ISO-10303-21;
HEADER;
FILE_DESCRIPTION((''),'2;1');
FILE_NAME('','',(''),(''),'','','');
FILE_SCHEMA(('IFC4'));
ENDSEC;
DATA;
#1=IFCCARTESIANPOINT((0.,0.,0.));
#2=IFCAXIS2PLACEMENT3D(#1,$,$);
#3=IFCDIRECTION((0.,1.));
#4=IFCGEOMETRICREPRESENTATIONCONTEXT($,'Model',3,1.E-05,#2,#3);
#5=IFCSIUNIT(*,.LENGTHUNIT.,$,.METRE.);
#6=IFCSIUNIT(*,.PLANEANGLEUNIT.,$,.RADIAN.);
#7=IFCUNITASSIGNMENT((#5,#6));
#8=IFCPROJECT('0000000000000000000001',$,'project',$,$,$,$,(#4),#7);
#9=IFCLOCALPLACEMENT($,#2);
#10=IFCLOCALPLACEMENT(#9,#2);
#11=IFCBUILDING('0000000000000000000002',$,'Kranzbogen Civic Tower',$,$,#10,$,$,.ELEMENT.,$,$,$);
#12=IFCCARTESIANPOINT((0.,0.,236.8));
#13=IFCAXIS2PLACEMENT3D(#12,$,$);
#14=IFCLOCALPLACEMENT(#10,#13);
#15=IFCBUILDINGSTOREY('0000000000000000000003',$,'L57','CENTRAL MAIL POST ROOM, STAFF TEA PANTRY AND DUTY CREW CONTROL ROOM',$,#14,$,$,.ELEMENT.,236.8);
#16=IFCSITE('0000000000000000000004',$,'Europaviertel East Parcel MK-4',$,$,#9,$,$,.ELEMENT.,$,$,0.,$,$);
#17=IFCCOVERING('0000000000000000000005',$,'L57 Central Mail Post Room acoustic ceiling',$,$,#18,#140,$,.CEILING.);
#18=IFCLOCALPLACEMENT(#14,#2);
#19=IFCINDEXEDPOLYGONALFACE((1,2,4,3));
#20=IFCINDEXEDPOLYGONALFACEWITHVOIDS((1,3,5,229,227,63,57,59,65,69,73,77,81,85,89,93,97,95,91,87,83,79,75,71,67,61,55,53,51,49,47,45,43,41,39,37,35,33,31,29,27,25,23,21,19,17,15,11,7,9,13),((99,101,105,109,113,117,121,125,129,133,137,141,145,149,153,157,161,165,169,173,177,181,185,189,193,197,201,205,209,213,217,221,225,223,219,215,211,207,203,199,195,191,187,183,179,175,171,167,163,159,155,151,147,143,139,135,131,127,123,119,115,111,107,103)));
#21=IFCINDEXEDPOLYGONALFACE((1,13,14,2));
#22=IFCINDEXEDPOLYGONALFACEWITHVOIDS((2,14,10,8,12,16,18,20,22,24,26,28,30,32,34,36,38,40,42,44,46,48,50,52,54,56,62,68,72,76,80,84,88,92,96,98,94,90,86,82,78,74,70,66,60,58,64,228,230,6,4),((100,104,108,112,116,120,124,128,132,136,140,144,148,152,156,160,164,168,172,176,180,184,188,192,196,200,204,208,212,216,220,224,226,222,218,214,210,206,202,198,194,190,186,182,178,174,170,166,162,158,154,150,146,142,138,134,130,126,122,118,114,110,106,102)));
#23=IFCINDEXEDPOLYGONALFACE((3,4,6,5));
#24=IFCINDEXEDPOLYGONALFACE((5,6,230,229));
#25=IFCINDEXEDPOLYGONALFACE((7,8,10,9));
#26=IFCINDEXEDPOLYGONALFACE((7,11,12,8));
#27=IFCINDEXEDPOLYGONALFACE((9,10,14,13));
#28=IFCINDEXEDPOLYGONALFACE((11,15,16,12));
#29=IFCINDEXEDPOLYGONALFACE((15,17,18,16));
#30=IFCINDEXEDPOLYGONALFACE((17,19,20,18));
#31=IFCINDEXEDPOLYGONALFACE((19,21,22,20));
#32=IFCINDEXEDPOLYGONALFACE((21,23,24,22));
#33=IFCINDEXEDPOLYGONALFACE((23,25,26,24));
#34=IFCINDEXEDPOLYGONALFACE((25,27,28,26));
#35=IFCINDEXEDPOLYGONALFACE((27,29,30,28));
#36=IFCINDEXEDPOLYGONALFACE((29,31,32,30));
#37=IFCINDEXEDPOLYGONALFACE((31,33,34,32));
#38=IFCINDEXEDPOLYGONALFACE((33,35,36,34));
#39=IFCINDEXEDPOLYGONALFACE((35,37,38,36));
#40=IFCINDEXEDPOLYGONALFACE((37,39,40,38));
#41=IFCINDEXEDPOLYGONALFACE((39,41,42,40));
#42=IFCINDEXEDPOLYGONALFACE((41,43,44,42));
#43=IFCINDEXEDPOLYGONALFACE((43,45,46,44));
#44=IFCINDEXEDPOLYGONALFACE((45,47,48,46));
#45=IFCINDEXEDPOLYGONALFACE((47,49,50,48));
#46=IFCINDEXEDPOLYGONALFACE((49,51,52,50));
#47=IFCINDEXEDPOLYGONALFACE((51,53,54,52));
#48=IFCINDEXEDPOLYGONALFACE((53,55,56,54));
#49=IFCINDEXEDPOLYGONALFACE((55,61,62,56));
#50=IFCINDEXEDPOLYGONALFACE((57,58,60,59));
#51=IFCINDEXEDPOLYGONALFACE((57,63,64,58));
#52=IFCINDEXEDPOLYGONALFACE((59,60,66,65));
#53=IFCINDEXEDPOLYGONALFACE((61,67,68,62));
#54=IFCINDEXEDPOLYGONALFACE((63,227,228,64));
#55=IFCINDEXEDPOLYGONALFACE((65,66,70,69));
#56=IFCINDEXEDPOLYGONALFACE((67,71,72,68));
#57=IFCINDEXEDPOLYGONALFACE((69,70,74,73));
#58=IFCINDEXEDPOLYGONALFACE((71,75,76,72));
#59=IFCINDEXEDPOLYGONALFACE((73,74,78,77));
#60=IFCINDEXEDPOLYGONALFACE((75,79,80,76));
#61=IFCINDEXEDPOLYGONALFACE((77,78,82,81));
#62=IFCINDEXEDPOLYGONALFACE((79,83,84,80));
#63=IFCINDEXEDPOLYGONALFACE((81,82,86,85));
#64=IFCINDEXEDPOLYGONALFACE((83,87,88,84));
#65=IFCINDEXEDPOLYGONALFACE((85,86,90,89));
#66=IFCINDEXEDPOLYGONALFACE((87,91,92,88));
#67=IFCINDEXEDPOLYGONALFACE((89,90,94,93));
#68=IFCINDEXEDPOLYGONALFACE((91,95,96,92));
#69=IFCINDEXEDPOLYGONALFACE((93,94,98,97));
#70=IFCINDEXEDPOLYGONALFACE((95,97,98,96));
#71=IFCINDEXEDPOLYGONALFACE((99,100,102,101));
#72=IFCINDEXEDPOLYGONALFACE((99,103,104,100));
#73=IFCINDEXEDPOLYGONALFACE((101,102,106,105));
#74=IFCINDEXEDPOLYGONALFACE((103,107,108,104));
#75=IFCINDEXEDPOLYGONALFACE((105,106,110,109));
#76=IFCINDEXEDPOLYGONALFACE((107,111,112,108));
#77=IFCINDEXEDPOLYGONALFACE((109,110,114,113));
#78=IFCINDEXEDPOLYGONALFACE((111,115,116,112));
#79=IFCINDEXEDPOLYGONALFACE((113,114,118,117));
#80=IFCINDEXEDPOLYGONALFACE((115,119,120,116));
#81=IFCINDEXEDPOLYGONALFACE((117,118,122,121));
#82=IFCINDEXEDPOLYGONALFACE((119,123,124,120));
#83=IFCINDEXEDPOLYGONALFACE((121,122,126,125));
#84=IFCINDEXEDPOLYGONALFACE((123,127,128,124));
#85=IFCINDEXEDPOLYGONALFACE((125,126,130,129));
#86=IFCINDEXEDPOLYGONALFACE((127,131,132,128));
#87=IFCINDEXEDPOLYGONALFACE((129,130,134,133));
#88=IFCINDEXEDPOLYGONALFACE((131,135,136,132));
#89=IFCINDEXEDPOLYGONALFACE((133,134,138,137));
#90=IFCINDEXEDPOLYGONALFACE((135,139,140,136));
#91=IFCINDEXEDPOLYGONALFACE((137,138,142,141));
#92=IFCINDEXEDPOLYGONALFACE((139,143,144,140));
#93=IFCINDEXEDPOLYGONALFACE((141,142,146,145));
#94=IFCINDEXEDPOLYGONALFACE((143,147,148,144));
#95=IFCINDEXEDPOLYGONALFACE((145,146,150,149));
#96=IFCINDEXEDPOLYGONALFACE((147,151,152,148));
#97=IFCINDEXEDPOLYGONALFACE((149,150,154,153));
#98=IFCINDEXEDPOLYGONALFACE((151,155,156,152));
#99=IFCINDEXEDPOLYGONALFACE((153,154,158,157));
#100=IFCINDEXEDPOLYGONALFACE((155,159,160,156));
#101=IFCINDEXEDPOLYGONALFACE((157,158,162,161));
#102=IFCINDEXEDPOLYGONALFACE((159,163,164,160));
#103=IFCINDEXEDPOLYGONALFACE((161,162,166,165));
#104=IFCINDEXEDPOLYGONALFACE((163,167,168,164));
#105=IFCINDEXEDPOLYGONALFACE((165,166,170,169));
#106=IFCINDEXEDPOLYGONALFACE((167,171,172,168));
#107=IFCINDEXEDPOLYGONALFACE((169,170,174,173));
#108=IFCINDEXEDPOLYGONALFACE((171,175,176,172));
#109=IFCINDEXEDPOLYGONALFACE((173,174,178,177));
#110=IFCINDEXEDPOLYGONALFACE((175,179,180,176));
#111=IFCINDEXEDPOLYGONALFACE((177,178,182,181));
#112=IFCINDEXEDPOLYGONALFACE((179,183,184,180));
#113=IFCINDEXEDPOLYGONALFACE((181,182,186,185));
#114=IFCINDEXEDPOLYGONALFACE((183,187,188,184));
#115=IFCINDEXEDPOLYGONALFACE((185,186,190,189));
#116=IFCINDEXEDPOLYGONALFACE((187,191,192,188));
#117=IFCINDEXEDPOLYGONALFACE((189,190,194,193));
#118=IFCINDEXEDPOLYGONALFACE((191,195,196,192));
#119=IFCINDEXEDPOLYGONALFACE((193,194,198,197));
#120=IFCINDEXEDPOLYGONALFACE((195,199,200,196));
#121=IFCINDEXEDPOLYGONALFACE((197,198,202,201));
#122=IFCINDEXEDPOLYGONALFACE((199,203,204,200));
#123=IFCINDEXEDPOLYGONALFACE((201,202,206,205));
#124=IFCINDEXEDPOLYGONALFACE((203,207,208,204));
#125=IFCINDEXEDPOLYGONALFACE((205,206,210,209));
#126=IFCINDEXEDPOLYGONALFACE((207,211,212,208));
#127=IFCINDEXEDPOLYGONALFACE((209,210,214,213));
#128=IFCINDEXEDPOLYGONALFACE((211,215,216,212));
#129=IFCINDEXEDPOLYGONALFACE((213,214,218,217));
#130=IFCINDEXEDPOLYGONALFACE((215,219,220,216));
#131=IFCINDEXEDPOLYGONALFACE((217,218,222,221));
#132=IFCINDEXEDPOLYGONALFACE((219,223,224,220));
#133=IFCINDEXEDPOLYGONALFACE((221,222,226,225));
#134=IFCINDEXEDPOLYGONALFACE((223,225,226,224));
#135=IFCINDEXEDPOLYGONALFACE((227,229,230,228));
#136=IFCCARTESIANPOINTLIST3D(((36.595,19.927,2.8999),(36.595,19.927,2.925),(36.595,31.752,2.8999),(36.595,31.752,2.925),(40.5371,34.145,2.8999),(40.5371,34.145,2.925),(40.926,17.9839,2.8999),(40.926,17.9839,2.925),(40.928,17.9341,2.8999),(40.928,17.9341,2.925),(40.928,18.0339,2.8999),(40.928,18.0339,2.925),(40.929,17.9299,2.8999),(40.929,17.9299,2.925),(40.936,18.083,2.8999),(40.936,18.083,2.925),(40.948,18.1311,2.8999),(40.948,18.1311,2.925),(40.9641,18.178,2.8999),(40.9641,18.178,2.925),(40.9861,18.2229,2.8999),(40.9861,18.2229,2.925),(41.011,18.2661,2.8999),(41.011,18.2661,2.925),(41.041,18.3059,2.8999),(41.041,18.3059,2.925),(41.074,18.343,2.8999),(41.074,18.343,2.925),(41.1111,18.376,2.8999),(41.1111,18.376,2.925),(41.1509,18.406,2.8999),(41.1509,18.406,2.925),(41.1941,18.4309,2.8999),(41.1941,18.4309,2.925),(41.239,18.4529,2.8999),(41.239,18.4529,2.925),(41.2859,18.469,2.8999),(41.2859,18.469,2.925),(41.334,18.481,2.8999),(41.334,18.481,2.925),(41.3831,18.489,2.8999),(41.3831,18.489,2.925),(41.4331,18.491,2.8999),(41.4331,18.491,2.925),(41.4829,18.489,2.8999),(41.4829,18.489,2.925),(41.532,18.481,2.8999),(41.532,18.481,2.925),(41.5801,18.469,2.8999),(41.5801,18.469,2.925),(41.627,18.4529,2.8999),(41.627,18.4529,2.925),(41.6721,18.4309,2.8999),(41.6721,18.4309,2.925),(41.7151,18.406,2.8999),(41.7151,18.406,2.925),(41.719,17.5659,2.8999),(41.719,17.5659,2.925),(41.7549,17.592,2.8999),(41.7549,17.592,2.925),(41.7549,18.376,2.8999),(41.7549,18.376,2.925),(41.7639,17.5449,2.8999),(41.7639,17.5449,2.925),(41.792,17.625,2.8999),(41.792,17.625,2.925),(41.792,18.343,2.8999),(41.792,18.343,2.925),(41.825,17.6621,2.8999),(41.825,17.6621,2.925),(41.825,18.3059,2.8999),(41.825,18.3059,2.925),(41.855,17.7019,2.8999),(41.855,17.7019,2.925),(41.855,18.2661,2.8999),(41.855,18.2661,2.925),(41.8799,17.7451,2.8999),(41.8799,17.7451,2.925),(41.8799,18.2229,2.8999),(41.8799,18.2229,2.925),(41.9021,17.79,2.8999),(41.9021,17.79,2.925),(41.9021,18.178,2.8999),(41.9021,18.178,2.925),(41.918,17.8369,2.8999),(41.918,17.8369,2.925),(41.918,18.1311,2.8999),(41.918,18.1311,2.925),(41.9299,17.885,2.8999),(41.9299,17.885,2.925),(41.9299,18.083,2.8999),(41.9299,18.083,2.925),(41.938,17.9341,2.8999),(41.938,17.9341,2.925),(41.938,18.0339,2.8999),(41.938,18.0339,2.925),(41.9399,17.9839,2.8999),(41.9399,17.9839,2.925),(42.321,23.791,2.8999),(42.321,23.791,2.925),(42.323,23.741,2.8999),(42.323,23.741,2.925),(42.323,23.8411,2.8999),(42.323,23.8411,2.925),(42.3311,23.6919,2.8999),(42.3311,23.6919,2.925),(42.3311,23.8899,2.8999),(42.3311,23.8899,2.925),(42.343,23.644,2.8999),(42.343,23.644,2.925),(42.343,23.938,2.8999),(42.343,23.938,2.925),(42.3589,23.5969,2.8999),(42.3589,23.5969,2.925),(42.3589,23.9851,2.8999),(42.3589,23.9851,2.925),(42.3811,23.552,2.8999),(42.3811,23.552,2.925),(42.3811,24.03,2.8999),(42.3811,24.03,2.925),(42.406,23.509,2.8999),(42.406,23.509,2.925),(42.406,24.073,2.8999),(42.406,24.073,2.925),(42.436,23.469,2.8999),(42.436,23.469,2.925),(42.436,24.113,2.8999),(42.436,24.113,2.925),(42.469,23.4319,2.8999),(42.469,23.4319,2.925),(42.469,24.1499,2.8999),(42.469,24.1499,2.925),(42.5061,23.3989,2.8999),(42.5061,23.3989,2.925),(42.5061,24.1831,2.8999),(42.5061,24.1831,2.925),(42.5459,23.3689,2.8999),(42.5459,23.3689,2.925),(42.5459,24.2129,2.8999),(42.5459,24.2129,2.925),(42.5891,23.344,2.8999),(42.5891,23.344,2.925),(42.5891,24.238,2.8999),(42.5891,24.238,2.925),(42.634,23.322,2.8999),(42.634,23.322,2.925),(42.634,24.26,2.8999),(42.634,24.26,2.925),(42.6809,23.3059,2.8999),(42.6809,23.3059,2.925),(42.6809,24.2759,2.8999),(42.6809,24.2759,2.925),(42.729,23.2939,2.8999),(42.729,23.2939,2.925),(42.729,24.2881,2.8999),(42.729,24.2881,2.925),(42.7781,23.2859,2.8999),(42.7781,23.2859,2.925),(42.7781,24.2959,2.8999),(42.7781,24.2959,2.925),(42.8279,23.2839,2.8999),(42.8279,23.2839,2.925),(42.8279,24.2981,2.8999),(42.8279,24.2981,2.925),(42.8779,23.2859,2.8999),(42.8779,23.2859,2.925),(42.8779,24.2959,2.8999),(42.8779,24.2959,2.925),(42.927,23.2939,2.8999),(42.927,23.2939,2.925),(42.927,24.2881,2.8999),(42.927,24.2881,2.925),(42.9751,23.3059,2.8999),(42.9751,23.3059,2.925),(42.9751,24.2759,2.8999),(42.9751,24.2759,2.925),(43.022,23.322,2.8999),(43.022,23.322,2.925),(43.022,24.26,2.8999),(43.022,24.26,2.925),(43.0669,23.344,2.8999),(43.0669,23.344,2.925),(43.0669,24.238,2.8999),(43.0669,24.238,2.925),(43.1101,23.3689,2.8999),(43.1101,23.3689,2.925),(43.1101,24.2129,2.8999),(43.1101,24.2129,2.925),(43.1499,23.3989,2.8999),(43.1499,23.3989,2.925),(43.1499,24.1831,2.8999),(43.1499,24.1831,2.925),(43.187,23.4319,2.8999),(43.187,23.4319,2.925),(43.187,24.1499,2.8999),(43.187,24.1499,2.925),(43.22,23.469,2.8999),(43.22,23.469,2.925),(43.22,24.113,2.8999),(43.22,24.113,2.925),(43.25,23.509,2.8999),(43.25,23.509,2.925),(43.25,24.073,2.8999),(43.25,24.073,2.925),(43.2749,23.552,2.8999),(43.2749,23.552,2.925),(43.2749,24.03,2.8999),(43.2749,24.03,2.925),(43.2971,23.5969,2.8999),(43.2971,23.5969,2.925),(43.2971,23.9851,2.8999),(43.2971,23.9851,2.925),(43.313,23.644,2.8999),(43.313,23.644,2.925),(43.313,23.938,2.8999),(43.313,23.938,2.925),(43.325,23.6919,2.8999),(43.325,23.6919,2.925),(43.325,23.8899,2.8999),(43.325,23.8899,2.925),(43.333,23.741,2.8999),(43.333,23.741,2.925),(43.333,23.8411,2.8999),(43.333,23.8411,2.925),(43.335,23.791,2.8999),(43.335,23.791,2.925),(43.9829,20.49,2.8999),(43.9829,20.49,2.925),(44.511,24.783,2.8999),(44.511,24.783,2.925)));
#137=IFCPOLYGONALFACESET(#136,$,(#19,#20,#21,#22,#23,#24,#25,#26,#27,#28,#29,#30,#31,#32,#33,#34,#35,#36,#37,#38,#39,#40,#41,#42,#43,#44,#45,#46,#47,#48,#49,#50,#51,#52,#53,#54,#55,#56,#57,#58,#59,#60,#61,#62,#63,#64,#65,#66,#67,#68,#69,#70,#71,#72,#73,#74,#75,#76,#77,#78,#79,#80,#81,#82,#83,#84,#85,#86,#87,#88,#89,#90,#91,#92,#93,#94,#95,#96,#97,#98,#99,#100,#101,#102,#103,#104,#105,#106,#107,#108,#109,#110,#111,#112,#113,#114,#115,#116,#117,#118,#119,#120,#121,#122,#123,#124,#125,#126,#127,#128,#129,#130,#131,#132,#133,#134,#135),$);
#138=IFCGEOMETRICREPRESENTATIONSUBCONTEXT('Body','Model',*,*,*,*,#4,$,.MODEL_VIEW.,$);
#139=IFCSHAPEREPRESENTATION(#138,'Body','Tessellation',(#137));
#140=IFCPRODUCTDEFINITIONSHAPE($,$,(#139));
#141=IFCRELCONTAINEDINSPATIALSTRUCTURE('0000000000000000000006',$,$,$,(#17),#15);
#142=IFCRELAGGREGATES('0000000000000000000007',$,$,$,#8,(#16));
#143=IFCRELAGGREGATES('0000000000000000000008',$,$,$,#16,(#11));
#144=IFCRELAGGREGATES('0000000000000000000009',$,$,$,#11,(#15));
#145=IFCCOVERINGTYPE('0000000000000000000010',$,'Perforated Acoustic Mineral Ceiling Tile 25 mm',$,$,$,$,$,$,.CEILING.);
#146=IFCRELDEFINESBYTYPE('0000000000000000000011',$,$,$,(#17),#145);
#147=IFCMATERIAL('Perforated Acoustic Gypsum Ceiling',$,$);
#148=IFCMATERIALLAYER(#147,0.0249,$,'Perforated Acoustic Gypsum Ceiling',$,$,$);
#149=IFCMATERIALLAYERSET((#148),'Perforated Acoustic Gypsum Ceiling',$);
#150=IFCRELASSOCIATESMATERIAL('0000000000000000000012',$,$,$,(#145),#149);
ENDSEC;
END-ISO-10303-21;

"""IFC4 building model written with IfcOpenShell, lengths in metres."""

from ifc_helpers import new_model, si_unit, direction, frame, origin, place, context, subcontext, project, spatial, polyline, outline, extrude, material, layer, layer_set, type_object, element, save


model = new_model("IFC4")

# Units and contexts
model_context = context("Model", 3, precision=1e-05, world=origin(), true_north=direction((0.0, 1.0)))
body_context = subcontext(model_context, "Body", "Model", "MODEL_VIEW")
ifc_project = project(units=[si_unit("LENGTHUNIT", "METRE"), si_unit("PLANEANGLEUNIT", "RADIAN")], contexts=[model_context])

# Site, building, storey
site_placement = place(None, origin())
site = spatial("IfcSite", under=ifc_project, at=site_placement, Name="Europaviertel East Parcel MK-4", CompositionType="ELEMENT", RefElevation=0.0)
building_placement = place(site_placement, origin())
building = spatial("IfcBuilding", under=site, at=building_placement, Name="Kranzbogen Civic Tower", CompositionType="ELEMENT")
storey_placement = place(building_placement, frame((0.0, 0.0, 236.8)))
storey = spatial("IfcBuildingStorey", under=building, at=storey_placement, Name="L57", Description="CENTRAL MAIL POST ROOM, STAFF TEA PANTRY AND DUTY CREW CONTROL ROOM", CompositionType="ELEMENT", Elevation=236.8)

# Covering
ifc_material_1 = material(Name="Perforated Acoustic Gypsum Ceiling")
ifc_layer_1 = layer(ifc_material_1, 0.0249, Name="Perforated Acoustic Gypsum Ceiling")
ifc_layer_set_1 = layer_set([ifc_layer_1], Name="Perforated Acoustic Gypsum Ceiling")
covering_type = type_object("IfcCoveringType", Name="Perforated Acoustic Mineral Ceiling Tile 25 mm", PredefinedType="CEILING", material=ifc_layer_set_1)
covering_1_placement = place(storey_placement, frame((0.0, 0.0, 2.8999)))
element("IfcCovering", 1, at=covering_1_placement, inside=storey, type_object=covering_type, Name="L57 Central Mail Post Room acoustic ceiling", PredefinedType="CEILING", context=body_context, shape_type="SweptSolid", body=[
    extrude(outline(polyline([(43.9829, 20.49), (41.7639, 17.5449), (41.719, 17.5659), (41.7549, 17.592), (41.792, 17.625), (41.825, 17.6621), (41.855, 17.7019), (41.8799, 17.7451), (41.9021, 17.79), (41.918, 17.8369), (41.9299, 17.885), (41.938, 17.9341), (41.9399, 17.9839), (41.938, 18.0339), (41.9299, 18.083), (41.918, 18.1311), (41.9021, 18.178), (41.8799, 18.2229), (41.855, 18.2661), (41.825, 18.3059), (41.792, 18.343), (41.7549, 18.376), (41.7151, 18.406), (41.6721, 18.4309), (41.627, 18.4529), (41.5801, 18.469), (41.532, 18.481), (41.4829, 18.489), (41.4331, 18.491), (41.3831, 18.489), (41.334, 18.481), (41.2859, 18.469), (41.239, 18.4529), (41.1941, 18.4309), (41.1509, 18.406), (41.1111, 18.376), (41.074, 18.343), (41.041, 18.3059), (41.011, 18.2661), (40.9861, 18.2229), (40.9641, 18.178), (40.948, 18.1311), (40.936, 18.083), (40.928, 18.0339), (40.926, 17.9839), (40.928, 17.9341), (40.929, 17.9299), (36.595, 19.927), (36.595, 31.752), (40.5371, 34.145), (44.511, 24.783), (43.9829, 20.49)]), holes=[polyline([(43.2971, 23.5969), (43.2749, 23.552), (43.25, 23.509), (43.22, 23.469), (43.187, 23.4319), (43.1499, 23.3989), (43.1101, 23.3689), (43.0669, 23.344), (43.022, 23.322), (42.9751, 23.3059), (42.927, 23.2939), (42.8779, 23.2859), (42.8279, 23.2839), (42.7781, 23.2859), (42.729, 23.2939), (42.6809, 23.3059), (42.634, 23.322), (42.5891, 23.344), (42.5459, 23.3689), (42.5061, 23.3989), (42.469, 23.4319), (42.436, 23.469), (42.406, 23.509), (42.3811, 23.552), (42.3589, 23.5969), (42.343, 23.644), (42.3311, 23.6919), (42.323, 23.741), (42.321, 23.791), (42.323, 23.8411), (42.3311, 23.8899), (42.343, 23.938), (42.3589, 23.9851), (42.3811, 24.03), (42.406, 24.073), (42.436, 24.113), (42.469, 24.1499), (42.5061, 24.1831), (42.5459, 24.2129), (42.5891, 24.238), (42.634, 24.26), (42.6809, 24.2759), (42.729, 24.2881), (42.7781, 24.2959), (42.8279, 24.2981), (42.8779, 24.2959), (42.927, 24.2881), (42.9751, 24.2759), (43.022, 24.26), (43.0669, 24.238), (43.1101, 24.2129), (43.1499, 24.1831), (43.187, 24.1499), (43.22, 24.113), (43.25, 24.073), (43.2749, 24.03), (43.2971, 23.9851), (43.313, 23.938), (43.325, 23.8899), (43.333, 23.8411), (43.335, 23.791), (43.333, 23.741), (43.325, 23.6919), (43.313, 23.644), (43.2971, 23.5969)])]), origin(), (0.0, 0.0, 1.0), 0.0251),
])

save(model, "model.ifc")
